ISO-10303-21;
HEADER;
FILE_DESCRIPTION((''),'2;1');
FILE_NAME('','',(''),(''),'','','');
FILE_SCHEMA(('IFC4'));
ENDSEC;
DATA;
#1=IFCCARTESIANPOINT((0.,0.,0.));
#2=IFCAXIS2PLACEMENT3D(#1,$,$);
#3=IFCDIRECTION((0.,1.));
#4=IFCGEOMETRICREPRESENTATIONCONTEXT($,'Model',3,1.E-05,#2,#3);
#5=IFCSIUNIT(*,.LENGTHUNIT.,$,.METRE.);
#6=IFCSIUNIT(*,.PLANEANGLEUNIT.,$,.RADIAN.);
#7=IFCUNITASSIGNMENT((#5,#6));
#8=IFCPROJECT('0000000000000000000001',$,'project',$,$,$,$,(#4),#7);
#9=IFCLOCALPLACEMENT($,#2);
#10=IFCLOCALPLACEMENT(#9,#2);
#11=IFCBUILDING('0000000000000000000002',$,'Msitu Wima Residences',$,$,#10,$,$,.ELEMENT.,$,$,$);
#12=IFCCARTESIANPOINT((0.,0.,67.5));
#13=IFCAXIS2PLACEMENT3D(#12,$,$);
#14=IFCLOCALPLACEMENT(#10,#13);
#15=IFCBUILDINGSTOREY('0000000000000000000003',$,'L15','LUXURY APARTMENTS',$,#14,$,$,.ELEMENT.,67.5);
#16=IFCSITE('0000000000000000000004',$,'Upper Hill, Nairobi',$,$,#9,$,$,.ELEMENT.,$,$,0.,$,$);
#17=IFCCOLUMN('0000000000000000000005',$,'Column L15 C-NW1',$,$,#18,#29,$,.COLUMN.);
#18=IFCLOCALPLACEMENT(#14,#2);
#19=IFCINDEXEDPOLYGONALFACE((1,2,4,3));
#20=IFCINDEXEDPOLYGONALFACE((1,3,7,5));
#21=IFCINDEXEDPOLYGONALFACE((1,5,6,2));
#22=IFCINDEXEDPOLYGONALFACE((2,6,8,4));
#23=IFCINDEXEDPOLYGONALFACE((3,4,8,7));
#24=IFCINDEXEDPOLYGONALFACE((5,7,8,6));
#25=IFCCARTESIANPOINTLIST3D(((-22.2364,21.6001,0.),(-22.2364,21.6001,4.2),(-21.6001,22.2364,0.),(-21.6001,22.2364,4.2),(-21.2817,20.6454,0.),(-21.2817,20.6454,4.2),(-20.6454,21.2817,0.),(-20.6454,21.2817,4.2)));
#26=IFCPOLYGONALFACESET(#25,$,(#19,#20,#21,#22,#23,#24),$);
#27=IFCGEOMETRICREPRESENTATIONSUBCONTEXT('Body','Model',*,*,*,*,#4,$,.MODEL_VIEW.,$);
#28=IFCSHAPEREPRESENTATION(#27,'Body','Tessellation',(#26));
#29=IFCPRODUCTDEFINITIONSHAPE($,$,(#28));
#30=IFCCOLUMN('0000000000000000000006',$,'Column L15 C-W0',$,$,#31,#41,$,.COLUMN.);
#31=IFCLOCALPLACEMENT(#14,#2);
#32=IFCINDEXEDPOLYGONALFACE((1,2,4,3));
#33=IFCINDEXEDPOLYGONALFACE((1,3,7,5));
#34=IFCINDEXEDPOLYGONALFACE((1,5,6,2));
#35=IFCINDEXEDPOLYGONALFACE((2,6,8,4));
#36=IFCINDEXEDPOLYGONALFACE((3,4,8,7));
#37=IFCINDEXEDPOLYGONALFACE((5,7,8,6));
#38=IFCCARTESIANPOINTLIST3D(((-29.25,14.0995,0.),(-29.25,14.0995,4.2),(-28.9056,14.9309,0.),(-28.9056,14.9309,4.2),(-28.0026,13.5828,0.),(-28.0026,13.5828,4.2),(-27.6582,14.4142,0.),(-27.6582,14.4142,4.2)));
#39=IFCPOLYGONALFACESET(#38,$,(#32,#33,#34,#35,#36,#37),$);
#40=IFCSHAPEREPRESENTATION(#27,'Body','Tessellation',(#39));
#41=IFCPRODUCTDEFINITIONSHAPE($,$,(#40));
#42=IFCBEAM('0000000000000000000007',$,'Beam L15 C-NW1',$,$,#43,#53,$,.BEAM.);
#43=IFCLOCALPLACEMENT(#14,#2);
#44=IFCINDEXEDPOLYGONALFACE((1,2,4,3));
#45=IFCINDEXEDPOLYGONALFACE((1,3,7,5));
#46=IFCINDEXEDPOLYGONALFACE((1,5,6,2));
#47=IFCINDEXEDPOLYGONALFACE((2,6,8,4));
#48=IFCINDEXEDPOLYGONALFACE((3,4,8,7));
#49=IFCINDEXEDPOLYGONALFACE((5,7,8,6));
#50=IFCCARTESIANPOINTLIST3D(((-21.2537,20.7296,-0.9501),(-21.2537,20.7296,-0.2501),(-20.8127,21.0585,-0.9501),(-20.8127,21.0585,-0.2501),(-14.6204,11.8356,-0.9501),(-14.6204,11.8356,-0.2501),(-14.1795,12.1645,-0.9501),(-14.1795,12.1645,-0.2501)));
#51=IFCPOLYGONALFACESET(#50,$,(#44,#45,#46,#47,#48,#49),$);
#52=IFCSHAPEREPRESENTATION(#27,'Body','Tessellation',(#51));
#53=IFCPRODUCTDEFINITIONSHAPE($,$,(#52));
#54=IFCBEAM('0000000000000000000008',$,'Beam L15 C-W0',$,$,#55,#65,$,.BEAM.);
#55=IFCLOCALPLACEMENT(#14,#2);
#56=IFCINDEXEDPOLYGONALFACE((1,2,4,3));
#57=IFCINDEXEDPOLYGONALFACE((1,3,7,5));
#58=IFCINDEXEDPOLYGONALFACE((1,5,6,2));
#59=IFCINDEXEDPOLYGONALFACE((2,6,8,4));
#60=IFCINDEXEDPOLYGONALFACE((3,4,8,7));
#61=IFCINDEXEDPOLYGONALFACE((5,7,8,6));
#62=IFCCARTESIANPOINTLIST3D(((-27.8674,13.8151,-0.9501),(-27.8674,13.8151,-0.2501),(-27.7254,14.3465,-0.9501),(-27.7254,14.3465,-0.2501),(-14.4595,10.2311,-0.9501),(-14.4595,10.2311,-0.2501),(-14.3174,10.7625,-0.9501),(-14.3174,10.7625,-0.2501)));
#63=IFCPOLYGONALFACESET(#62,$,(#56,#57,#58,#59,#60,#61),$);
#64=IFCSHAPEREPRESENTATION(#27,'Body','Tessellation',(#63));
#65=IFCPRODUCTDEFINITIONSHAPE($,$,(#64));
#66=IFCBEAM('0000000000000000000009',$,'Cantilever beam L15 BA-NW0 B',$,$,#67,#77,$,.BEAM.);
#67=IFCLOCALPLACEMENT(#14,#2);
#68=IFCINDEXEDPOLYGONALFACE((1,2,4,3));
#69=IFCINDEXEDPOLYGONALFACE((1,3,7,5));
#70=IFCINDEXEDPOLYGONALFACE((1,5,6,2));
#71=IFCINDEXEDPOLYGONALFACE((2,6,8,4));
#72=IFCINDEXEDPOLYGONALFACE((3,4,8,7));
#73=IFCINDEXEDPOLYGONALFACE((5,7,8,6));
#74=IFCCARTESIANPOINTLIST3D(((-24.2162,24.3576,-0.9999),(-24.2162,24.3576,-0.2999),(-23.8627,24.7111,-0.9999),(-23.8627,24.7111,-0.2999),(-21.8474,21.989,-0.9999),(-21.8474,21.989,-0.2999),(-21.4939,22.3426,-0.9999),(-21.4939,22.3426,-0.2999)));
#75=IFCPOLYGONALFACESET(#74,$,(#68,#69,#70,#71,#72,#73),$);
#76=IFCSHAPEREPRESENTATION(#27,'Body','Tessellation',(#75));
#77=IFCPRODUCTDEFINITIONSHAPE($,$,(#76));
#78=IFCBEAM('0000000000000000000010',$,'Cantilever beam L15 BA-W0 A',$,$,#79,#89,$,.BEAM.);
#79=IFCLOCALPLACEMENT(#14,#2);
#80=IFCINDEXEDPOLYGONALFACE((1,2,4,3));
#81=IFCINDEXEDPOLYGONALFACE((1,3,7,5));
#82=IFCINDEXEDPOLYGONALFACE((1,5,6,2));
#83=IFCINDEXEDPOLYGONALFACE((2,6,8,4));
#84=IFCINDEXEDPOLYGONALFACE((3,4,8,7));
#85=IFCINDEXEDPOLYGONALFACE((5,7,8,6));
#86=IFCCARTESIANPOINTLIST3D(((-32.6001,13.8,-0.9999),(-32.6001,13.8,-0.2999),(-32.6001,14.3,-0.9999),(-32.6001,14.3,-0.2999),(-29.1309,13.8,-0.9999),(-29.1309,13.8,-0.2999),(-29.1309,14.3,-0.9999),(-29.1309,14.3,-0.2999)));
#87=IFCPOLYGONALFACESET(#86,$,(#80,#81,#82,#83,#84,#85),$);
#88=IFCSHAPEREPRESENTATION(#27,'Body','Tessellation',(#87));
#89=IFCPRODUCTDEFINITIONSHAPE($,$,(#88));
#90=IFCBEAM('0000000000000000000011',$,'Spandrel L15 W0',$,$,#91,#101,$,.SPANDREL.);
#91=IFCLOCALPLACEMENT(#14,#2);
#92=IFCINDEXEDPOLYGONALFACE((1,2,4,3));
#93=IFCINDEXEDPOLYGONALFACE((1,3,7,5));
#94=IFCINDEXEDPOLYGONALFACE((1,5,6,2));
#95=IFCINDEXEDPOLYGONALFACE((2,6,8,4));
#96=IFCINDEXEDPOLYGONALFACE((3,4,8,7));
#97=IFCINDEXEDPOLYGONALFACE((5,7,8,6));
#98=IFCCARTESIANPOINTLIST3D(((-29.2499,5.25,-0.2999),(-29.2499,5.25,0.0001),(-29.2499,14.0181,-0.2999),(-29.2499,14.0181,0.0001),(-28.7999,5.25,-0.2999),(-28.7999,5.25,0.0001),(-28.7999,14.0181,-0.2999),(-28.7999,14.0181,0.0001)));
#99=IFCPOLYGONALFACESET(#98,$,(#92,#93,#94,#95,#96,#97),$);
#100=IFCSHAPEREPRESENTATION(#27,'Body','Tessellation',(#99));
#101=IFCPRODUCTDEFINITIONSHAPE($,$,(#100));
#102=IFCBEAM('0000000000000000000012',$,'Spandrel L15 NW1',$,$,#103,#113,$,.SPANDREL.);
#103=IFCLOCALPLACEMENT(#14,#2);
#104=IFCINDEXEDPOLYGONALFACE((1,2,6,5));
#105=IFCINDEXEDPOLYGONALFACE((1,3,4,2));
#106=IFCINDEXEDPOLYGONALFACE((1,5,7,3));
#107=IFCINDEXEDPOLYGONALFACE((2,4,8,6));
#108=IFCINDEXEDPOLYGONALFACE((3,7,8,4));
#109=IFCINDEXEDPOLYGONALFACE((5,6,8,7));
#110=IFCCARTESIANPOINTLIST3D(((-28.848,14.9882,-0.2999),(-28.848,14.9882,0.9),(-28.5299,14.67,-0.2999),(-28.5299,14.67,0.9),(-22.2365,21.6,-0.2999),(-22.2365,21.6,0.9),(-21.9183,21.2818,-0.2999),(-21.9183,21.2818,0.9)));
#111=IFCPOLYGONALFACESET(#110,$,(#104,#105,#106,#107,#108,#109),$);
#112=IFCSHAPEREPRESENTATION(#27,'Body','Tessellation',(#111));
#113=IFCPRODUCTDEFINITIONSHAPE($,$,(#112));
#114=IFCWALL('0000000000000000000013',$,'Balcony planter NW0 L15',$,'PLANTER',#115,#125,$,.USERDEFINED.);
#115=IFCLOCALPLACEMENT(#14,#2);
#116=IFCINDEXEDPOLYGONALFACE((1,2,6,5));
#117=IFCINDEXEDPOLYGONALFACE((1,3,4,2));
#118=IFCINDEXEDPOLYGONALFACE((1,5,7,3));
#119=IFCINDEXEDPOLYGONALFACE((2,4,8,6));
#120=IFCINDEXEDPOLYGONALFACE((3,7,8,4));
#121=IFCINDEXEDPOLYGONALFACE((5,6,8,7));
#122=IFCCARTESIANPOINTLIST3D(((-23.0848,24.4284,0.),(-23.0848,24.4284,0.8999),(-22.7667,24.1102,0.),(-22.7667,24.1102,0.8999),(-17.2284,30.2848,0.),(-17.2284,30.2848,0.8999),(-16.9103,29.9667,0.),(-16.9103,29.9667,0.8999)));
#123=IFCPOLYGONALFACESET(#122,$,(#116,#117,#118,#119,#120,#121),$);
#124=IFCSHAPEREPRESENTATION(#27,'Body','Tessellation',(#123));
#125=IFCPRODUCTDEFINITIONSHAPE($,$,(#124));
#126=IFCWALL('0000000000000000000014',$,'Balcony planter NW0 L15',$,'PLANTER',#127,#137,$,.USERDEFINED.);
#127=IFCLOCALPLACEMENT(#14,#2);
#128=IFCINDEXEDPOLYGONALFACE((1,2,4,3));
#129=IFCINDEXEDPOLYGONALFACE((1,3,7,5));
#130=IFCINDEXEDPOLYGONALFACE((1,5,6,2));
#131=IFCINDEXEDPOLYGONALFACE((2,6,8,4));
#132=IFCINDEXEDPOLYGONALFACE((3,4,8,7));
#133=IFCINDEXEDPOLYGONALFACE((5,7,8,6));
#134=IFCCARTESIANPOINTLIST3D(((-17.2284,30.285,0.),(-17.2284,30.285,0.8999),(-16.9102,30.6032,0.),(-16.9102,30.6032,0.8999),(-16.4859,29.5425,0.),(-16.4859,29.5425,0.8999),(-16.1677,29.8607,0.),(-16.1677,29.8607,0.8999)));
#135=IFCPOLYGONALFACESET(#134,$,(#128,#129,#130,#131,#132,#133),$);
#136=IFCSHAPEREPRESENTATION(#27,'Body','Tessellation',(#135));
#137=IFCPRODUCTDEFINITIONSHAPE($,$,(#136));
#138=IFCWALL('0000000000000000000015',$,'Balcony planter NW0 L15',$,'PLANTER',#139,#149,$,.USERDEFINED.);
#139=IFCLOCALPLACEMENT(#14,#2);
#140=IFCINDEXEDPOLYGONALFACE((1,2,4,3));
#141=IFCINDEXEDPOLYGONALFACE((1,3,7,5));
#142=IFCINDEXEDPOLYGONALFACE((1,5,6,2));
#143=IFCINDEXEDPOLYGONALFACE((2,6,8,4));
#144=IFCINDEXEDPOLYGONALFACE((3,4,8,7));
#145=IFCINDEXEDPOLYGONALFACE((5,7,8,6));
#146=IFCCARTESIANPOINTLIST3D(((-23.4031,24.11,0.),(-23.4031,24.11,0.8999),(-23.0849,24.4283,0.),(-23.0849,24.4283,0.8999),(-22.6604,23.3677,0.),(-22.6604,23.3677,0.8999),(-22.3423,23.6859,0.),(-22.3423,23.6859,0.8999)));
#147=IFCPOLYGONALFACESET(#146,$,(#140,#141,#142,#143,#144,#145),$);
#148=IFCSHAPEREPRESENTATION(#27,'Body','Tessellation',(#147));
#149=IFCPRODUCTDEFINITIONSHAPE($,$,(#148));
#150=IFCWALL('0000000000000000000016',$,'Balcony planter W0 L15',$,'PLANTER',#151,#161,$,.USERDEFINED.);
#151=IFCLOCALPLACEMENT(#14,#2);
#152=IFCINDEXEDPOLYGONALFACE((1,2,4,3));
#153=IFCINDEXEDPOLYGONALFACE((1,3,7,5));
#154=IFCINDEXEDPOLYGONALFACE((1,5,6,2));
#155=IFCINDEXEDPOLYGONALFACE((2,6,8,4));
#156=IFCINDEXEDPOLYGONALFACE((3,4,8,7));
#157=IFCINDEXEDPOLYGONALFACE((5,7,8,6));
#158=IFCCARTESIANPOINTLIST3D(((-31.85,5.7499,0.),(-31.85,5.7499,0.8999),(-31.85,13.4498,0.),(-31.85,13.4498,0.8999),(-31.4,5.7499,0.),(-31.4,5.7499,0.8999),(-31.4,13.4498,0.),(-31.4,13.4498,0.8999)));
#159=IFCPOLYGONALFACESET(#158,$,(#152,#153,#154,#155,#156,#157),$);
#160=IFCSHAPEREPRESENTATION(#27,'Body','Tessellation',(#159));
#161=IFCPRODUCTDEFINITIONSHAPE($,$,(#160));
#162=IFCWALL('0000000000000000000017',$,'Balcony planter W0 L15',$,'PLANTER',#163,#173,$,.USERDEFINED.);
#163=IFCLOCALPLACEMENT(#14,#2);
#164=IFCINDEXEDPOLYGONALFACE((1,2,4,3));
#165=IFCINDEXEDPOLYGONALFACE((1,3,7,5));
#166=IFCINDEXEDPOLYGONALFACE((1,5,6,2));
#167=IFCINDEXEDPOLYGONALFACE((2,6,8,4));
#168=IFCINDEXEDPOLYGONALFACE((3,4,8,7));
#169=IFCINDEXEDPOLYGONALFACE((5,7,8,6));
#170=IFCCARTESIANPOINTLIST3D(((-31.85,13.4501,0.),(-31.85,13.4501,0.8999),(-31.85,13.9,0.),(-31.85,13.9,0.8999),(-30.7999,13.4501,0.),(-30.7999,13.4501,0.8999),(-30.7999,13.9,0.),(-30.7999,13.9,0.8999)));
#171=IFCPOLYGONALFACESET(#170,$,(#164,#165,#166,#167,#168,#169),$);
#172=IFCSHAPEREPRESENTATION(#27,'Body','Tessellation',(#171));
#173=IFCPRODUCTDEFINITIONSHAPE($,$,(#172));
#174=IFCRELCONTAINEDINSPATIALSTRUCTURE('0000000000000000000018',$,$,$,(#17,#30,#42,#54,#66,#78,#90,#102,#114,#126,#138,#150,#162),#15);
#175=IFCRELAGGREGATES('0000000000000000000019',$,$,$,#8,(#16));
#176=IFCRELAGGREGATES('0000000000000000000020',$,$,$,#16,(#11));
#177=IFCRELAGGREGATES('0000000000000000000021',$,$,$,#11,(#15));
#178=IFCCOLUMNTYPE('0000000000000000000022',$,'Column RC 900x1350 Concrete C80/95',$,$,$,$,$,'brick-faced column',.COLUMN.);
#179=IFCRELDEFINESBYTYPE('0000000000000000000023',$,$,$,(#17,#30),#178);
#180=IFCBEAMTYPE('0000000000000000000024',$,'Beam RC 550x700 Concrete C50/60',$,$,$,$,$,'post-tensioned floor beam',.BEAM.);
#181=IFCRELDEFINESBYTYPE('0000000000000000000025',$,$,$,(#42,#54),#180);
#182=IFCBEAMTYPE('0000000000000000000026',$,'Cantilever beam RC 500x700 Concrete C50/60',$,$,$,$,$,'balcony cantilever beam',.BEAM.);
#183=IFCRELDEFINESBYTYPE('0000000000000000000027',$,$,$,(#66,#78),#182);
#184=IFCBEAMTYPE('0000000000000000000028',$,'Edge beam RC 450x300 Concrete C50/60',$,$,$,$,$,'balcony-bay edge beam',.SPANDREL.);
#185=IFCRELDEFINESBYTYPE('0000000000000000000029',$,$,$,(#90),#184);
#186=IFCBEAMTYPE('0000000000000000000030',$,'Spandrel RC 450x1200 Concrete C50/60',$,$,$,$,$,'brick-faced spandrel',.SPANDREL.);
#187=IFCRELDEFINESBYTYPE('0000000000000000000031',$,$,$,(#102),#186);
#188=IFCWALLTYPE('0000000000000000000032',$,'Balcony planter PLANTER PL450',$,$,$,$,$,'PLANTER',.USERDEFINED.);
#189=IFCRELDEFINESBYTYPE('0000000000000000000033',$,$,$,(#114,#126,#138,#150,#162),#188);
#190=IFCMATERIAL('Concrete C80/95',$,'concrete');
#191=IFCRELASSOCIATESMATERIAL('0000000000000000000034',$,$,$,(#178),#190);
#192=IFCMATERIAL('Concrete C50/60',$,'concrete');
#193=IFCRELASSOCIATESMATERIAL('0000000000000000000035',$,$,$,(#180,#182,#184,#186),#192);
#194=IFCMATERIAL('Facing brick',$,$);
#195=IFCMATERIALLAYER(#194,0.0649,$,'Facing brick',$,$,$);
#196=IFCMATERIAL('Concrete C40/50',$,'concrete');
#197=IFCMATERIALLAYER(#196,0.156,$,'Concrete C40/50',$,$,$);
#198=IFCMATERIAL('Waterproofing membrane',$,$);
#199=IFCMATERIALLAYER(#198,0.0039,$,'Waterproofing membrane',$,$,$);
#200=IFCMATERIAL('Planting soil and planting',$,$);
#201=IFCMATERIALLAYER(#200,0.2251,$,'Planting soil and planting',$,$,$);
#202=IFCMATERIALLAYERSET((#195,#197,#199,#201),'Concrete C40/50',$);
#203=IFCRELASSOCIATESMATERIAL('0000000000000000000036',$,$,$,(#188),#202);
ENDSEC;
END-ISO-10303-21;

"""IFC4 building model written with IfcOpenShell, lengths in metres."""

from ifc_helpers import new_model, si_unit, direction, frame, frame_2d, origin, origin_2d, place, context, subcontext, project, spatial, rectangle, extrude, material, layer, layer_set, material_profile, profile_set, type_object, element, save


model = new_model("IFC4")

# Units and contexts
model_context = context("Model", 3, precision=1e-05, world=origin(), true_north=direction((0.0, 1.0)))
body_context = subcontext(model_context, "Body", "Model", "MODEL_VIEW")
ifc_project = project(units=[si_unit("LENGTHUNIT", "METRE"), si_unit("PLANEANGLEUNIT", "RADIAN")], contexts=[model_context])

# Site, building, storey
site_placement = place(None, origin())
site = spatial("IfcSite", under=ifc_project, at=site_placement, Name="Upper Hill, Nairobi", CompositionType="ELEMENT", RefElevation=0.0)
building_placement = place(site_placement, origin())
building = spatial("IfcBuilding", under=site, at=building_placement, Name="Msitu Wima Residences", CompositionType="ELEMENT")
storey_placement = place(building_placement, frame((0.0, 0.0, 67.5)))
storey = spatial("IfcBuildingStorey", under=building, at=storey_placement, Name="L15", Description="LUXURY APARTMENTS", CompositionType="ELEMENT", Elevation=67.5)

# Columns
ifc_material_1 = material(Name="Concrete C80/95", Category="concrete")
ifc_material_profile_1 = material_profile(ifc_material_1, rectangle(XDim=0.8999, YDim=1.3501, at=origin_2d()), Name="RC 900x1350")
ifc_profile_set_1 = profile_set([ifc_material_profile_1], Name="Concrete C80/95")
column_type = type_object("IfcColumnType", Name="Column RC 900x1350 Concrete C80/95", ElementType="brick-faced column", PredefinedType="COLUMN", material=ifc_profile_set_1)
for number, where, z_axis, x_axis, name in (
    (1, (-21.4409, 21.4409, 0.0), (0.0, 0.0, 1.0), (-0.707107, -0.707107, 0.0), "Column L15 C-NW1"),
    (2, (-28.4541, 14.2568, 0.0), (0.0, 0.0, 1.0), (-0.382683, -0.92388, 0.0), "Column L15 C-W0"),
):
    element("IfcColumn", number, at=place(storey_placement, frame(where, z_axis=z_axis, x_axis=x_axis)), inside=storey, type_object=column_type, Name=name, PredefinedType="COLUMN", context=body_context, shape_type="SweptSolid", body=[
        extrude(rectangle(XDim=0.8999, YDim=1.3501, at=origin_2d()), origin(), (0.0, 0.0, 1.0), 4.2),
    ])

# Beams
ifc_material_2 = material(Name="Concrete C50/60", Category="concrete")
ifc_material_profile_2 = material_profile(ifc_material_2, rectangle(XDim=0.55, YDim=0.7, at=origin_2d()), Name="RC 550x700")
ifc_profile_set_2 = profile_set([ifc_material_profile_2], Name="Concrete C50/60")
beam_type_1 = type_object("IfcBeamType", Name="Beam RC 550x700 Concrete C50/60", ElementType="post-tensioned floor beam", PredefinedType="BEAM", material=ifc_profile_set_2)
beam_1_placement = place(storey_placement, frame((-21.0332, 20.894, -0.6001), z_axis=(0.59785, -0.801608, 0.0), x_axis=(0.801608, 0.59785, 0.0)))
element("IfcBeam", 3, at=beam_1_placement, inside=storey, type_object=beam_type_1, Name="Beam L15 C-NW1", PredefinedType="BEAM", context=body_context, shape_type="SweptSolid", body=[
    extrude(rectangle(XDim=0.55, YDim=0.7, at=origin_2d()), origin(), (0.0, 0.0, 1.0), 11.0952),
])
beam_2_placement = place(storey_placement, frame((-27.7964, 14.0808, -0.6001), z_axis=(0.966082, -0.258236, 0.0), x_axis=(0.258236, 0.966082, 0.0)))
element("IfcBeam", 4, at=beam_2_placement, inside=storey, type_object=beam_type_1, Name="Beam L15 C-W0", PredefinedType="BEAM", context=body_context, shape_type="SweptSolid", body=[
    extrude(rectangle(XDim=0.55, YDim=0.7, at=origin_2d()), origin(), (0.0, 0.0, 1.0), 13.8787),
])
ifc_material_profile_3 = material_profile(ifc_material_2, rectangle(XDim=0.5, YDim=0.7, at=origin_2d()), Name="RC 500x700")
ifc_profile_set_3 = profile_set([ifc_material_profile_3], Name="Concrete C50/60")
beam_type_2 = type_object("IfcBeamType", Name="Cantilever beam RC 500x700 Concrete C50/60", ElementType="balcony cantilever beam", PredefinedType="BEAM", material=ifc_profile_set_3)
beam_3_placement = place(storey_placement, frame((-21.6707, 22.1658, -0.6499), z_axis=(-0.707143, 0.70707, 0.0), x_axis=(-0.70707, -0.707143, 0.0)))
element("IfcBeam", 5, at=beam_3_placement, inside=storey, type_object=beam_type_2, Name="Cantilever beam L15 BA-NW0 B", PredefinedType="BEAM", context=body_context, shape_type="SweptSolid", body=[
    extrude(rectangle(XDim=0.5, YDim=0.7, at=origin_2d()), origin(), (0.0, 0.0, 1.0), 3.3499),
])
beam_4_placement = place(storey_placement, frame((-29.1309, 14.05, -0.6499), z_axis=(-1.0, 0.0, 0.0), x_axis=(0.0, -1.0, 0.0)))
element("IfcBeam", 6, at=beam_4_placement, inside=storey, type_object=beam_type_2, Name="Cantilever beam L15 BA-W0 A", PredefinedType="BEAM", context=body_context, shape_type="SweptSolid", body=[
    extrude(rectangle(XDim=0.5, YDim=0.7, at=origin_2d()), origin(), (0.0, 0.0, 1.0), 3.4692),
])
ifc_material_profile_4 = material_profile(ifc_material_2, rectangle(XDim=0.45, YDim=0.3, at=origin_2d()), Name="RC 450x300")
ifc_profile_set_4 = profile_set([ifc_material_profile_4], Name="Concrete C50/60")
beam_type_3 = type_object("IfcBeamType", Name="Edge beam RC 450x300 Concrete C50/60", ElementType="balcony-bay edge beam", PredefinedType="SPANDREL", material=ifc_profile_set_4)
beam_5_placement = place(storey_placement, frame((-29.0249, 14.0181, -0.1499), z_axis=(0.0, -1.0, 0.0), x_axis=(1.0, 0.0, 0.0)))
element("IfcBeam", 7, at=beam_5_placement, inside=storey, type_object=beam_type_3, Name="Spandrel L15 W0", PredefinedType="SPANDREL", context=body_context, shape_type="SweptSolid", body=[
    extrude(rectangle(XDim=0.45, YDim=0.3, at=origin_2d()), origin(), (0.0, 0.0, 1.0), 8.7681),
])
ifc_material_profile_5 = material_profile(ifc_material_2, rectangle(XDim=0.45, YDim=1.2, at=origin_2d()), Name="RC 450x1200")
ifc_profile_set_5 = profile_set([ifc_material_profile_5], Name="Concrete C50/60")
beam_type_4 = type_object("IfcBeamType", Name="Spandrel RC 450x1200 Concrete C50/60", ElementType="brick-faced spandrel", PredefinedType="SPANDREL", material=ifc_profile_set_5)
beam_6_placement = place(storey_placement, frame((-22.0774, 21.4409, 0.3), z_axis=(-0.707094, -0.70712, 0.0), x_axis=(0.70712, -0.707094, 0.0)))
element("IfcBeam", 8, at=beam_6_placement, inside=storey, type_object=beam_type_4, Name="Spandrel L15 NW1", PredefinedType="SPANDREL", context=body_context, shape_type="SweptSolid", body=[
    extrude(rectangle(XDim=0.45, YDim=1.2, at=origin_2d()), origin(), (0.0, 0.0, 1.0), 9.3503),
])

# Walls
ifc_material_3 = material(Name="Facing brick")
ifc_layer_1 = layer(ifc_material_3, 0.0649, Name="Facing brick")
ifc_material_4 = material(Name="Concrete C40/50", Category="concrete")
ifc_layer_2 = layer(ifc_material_4, 0.156, Name="Concrete C40/50")
ifc_material_5 = material(Name="Waterproofing membrane")
ifc_layer_3 = layer(ifc_material_5, 0.0039, Name="Waterproofing membrane")
ifc_material_6 = material(Name="Planting soil and planting")
ifc_layer_4 = layer(ifc_material_6, 0.2251, Name="Planting soil and planting")
ifc_layer_set_1 = layer_set([ifc_layer_1, ifc_layer_2, ifc_layer_3, ifc_layer_4], Name="Concrete C40/50")
wall_type_1 = type_object("IfcWallType", Name="Balcony planter PLANTER PL450", ElementType="PLANTER", PredefinedType="USERDEFINED", material=ifc_layer_set_1)
wall_1_placement = place(storey_placement, frame((-17.0693, 30.1257, 0.0), z_axis=(0.0, 0.0, 1.0), x_axis=(-0.707107, -0.707107, 0.0)))
element("IfcWall", 9, at=wall_1_placement, inside=storey, type_object=wall_type_1, Name="Balcony planter NW0 L15", ObjectType="PLANTER", PredefinedType="USERDEFINED", context=body_context, shape_type="SweptSolid", body=[
    extrude(rectangle(XDim=8.2822, YDim=0.45, at=frame_2d((4.1411, 0.0))), origin(), (0.0, 0.0, 1.0), 0.8999),
])
for number, where, z_axis, x_axis, name in (
    (10, (-16.3269, 29.7017, 0.0), (0.0, 0.0, 1.0), (-0.707107, 0.707107, 0.0), "Balcony planter NW0 L15"),
    (11, (-22.5015, 23.5269, 0.0), (0.0, 0.0, 1.0), (-0.707223, 0.706991, 0.0), "Balcony planter NW0 L15"),
):
    element("IfcWall", number, at=place(storey_placement, frame(where, z_axis=z_axis, x_axis=x_axis)), inside=storey, type_object=wall_type_1, Name=name, ObjectType="PLANTER", PredefinedType="USERDEFINED", context=body_context, shape_type="SweptSolid", body=[
        extrude(rectangle(XDim=1.05, YDim=0.45, at=frame_2d((0.5249, 0.0))), origin(), (0.0, 0.0, 1.0), 0.8999),
    ])
wall_2_placement = place(storey_placement, frame((-31.625, 13.45, 0.0), z_axis=(0.0, 0.0, 1.0), x_axis=(0.0, -1.0, 0.0)))
element("IfcWall", 12, at=wall_2_placement, inside=storey, type_object=wall_type_1, Name="Balcony planter W0 L15", ObjectType="PLANTER", PredefinedType="USERDEFINED", context=body_context, shape_type="SweptSolid", body=[
    extrude(rectangle(XDim=7.7, YDim=0.45, at=frame_2d((3.8501, 0.0))), origin(), (0.0, 0.0, 1.0), 0.8999),
])
wall_3_placement = place(storey_placement, frame((-30.8, 13.675, 0.0), z_axis=(0.0, 0.0, 1.0), x_axis=(-1.0, 0.0, 0.0)))
element("IfcWall", 13, at=wall_3_placement, inside=storey, type_object=wall_type_1, Name="Balcony planter W0 L15", ObjectType="PLANTER", PredefinedType="USERDEFINED", context=body_context, shape_type="SweptSolid", body=[
    extrude(rectangle(XDim=1.05, YDim=0.45, at=frame_2d((0.5249, 0.0))), origin(), (0.0, 0.0, 1.0), 0.8999),
])

save(model, "model.ifc")
